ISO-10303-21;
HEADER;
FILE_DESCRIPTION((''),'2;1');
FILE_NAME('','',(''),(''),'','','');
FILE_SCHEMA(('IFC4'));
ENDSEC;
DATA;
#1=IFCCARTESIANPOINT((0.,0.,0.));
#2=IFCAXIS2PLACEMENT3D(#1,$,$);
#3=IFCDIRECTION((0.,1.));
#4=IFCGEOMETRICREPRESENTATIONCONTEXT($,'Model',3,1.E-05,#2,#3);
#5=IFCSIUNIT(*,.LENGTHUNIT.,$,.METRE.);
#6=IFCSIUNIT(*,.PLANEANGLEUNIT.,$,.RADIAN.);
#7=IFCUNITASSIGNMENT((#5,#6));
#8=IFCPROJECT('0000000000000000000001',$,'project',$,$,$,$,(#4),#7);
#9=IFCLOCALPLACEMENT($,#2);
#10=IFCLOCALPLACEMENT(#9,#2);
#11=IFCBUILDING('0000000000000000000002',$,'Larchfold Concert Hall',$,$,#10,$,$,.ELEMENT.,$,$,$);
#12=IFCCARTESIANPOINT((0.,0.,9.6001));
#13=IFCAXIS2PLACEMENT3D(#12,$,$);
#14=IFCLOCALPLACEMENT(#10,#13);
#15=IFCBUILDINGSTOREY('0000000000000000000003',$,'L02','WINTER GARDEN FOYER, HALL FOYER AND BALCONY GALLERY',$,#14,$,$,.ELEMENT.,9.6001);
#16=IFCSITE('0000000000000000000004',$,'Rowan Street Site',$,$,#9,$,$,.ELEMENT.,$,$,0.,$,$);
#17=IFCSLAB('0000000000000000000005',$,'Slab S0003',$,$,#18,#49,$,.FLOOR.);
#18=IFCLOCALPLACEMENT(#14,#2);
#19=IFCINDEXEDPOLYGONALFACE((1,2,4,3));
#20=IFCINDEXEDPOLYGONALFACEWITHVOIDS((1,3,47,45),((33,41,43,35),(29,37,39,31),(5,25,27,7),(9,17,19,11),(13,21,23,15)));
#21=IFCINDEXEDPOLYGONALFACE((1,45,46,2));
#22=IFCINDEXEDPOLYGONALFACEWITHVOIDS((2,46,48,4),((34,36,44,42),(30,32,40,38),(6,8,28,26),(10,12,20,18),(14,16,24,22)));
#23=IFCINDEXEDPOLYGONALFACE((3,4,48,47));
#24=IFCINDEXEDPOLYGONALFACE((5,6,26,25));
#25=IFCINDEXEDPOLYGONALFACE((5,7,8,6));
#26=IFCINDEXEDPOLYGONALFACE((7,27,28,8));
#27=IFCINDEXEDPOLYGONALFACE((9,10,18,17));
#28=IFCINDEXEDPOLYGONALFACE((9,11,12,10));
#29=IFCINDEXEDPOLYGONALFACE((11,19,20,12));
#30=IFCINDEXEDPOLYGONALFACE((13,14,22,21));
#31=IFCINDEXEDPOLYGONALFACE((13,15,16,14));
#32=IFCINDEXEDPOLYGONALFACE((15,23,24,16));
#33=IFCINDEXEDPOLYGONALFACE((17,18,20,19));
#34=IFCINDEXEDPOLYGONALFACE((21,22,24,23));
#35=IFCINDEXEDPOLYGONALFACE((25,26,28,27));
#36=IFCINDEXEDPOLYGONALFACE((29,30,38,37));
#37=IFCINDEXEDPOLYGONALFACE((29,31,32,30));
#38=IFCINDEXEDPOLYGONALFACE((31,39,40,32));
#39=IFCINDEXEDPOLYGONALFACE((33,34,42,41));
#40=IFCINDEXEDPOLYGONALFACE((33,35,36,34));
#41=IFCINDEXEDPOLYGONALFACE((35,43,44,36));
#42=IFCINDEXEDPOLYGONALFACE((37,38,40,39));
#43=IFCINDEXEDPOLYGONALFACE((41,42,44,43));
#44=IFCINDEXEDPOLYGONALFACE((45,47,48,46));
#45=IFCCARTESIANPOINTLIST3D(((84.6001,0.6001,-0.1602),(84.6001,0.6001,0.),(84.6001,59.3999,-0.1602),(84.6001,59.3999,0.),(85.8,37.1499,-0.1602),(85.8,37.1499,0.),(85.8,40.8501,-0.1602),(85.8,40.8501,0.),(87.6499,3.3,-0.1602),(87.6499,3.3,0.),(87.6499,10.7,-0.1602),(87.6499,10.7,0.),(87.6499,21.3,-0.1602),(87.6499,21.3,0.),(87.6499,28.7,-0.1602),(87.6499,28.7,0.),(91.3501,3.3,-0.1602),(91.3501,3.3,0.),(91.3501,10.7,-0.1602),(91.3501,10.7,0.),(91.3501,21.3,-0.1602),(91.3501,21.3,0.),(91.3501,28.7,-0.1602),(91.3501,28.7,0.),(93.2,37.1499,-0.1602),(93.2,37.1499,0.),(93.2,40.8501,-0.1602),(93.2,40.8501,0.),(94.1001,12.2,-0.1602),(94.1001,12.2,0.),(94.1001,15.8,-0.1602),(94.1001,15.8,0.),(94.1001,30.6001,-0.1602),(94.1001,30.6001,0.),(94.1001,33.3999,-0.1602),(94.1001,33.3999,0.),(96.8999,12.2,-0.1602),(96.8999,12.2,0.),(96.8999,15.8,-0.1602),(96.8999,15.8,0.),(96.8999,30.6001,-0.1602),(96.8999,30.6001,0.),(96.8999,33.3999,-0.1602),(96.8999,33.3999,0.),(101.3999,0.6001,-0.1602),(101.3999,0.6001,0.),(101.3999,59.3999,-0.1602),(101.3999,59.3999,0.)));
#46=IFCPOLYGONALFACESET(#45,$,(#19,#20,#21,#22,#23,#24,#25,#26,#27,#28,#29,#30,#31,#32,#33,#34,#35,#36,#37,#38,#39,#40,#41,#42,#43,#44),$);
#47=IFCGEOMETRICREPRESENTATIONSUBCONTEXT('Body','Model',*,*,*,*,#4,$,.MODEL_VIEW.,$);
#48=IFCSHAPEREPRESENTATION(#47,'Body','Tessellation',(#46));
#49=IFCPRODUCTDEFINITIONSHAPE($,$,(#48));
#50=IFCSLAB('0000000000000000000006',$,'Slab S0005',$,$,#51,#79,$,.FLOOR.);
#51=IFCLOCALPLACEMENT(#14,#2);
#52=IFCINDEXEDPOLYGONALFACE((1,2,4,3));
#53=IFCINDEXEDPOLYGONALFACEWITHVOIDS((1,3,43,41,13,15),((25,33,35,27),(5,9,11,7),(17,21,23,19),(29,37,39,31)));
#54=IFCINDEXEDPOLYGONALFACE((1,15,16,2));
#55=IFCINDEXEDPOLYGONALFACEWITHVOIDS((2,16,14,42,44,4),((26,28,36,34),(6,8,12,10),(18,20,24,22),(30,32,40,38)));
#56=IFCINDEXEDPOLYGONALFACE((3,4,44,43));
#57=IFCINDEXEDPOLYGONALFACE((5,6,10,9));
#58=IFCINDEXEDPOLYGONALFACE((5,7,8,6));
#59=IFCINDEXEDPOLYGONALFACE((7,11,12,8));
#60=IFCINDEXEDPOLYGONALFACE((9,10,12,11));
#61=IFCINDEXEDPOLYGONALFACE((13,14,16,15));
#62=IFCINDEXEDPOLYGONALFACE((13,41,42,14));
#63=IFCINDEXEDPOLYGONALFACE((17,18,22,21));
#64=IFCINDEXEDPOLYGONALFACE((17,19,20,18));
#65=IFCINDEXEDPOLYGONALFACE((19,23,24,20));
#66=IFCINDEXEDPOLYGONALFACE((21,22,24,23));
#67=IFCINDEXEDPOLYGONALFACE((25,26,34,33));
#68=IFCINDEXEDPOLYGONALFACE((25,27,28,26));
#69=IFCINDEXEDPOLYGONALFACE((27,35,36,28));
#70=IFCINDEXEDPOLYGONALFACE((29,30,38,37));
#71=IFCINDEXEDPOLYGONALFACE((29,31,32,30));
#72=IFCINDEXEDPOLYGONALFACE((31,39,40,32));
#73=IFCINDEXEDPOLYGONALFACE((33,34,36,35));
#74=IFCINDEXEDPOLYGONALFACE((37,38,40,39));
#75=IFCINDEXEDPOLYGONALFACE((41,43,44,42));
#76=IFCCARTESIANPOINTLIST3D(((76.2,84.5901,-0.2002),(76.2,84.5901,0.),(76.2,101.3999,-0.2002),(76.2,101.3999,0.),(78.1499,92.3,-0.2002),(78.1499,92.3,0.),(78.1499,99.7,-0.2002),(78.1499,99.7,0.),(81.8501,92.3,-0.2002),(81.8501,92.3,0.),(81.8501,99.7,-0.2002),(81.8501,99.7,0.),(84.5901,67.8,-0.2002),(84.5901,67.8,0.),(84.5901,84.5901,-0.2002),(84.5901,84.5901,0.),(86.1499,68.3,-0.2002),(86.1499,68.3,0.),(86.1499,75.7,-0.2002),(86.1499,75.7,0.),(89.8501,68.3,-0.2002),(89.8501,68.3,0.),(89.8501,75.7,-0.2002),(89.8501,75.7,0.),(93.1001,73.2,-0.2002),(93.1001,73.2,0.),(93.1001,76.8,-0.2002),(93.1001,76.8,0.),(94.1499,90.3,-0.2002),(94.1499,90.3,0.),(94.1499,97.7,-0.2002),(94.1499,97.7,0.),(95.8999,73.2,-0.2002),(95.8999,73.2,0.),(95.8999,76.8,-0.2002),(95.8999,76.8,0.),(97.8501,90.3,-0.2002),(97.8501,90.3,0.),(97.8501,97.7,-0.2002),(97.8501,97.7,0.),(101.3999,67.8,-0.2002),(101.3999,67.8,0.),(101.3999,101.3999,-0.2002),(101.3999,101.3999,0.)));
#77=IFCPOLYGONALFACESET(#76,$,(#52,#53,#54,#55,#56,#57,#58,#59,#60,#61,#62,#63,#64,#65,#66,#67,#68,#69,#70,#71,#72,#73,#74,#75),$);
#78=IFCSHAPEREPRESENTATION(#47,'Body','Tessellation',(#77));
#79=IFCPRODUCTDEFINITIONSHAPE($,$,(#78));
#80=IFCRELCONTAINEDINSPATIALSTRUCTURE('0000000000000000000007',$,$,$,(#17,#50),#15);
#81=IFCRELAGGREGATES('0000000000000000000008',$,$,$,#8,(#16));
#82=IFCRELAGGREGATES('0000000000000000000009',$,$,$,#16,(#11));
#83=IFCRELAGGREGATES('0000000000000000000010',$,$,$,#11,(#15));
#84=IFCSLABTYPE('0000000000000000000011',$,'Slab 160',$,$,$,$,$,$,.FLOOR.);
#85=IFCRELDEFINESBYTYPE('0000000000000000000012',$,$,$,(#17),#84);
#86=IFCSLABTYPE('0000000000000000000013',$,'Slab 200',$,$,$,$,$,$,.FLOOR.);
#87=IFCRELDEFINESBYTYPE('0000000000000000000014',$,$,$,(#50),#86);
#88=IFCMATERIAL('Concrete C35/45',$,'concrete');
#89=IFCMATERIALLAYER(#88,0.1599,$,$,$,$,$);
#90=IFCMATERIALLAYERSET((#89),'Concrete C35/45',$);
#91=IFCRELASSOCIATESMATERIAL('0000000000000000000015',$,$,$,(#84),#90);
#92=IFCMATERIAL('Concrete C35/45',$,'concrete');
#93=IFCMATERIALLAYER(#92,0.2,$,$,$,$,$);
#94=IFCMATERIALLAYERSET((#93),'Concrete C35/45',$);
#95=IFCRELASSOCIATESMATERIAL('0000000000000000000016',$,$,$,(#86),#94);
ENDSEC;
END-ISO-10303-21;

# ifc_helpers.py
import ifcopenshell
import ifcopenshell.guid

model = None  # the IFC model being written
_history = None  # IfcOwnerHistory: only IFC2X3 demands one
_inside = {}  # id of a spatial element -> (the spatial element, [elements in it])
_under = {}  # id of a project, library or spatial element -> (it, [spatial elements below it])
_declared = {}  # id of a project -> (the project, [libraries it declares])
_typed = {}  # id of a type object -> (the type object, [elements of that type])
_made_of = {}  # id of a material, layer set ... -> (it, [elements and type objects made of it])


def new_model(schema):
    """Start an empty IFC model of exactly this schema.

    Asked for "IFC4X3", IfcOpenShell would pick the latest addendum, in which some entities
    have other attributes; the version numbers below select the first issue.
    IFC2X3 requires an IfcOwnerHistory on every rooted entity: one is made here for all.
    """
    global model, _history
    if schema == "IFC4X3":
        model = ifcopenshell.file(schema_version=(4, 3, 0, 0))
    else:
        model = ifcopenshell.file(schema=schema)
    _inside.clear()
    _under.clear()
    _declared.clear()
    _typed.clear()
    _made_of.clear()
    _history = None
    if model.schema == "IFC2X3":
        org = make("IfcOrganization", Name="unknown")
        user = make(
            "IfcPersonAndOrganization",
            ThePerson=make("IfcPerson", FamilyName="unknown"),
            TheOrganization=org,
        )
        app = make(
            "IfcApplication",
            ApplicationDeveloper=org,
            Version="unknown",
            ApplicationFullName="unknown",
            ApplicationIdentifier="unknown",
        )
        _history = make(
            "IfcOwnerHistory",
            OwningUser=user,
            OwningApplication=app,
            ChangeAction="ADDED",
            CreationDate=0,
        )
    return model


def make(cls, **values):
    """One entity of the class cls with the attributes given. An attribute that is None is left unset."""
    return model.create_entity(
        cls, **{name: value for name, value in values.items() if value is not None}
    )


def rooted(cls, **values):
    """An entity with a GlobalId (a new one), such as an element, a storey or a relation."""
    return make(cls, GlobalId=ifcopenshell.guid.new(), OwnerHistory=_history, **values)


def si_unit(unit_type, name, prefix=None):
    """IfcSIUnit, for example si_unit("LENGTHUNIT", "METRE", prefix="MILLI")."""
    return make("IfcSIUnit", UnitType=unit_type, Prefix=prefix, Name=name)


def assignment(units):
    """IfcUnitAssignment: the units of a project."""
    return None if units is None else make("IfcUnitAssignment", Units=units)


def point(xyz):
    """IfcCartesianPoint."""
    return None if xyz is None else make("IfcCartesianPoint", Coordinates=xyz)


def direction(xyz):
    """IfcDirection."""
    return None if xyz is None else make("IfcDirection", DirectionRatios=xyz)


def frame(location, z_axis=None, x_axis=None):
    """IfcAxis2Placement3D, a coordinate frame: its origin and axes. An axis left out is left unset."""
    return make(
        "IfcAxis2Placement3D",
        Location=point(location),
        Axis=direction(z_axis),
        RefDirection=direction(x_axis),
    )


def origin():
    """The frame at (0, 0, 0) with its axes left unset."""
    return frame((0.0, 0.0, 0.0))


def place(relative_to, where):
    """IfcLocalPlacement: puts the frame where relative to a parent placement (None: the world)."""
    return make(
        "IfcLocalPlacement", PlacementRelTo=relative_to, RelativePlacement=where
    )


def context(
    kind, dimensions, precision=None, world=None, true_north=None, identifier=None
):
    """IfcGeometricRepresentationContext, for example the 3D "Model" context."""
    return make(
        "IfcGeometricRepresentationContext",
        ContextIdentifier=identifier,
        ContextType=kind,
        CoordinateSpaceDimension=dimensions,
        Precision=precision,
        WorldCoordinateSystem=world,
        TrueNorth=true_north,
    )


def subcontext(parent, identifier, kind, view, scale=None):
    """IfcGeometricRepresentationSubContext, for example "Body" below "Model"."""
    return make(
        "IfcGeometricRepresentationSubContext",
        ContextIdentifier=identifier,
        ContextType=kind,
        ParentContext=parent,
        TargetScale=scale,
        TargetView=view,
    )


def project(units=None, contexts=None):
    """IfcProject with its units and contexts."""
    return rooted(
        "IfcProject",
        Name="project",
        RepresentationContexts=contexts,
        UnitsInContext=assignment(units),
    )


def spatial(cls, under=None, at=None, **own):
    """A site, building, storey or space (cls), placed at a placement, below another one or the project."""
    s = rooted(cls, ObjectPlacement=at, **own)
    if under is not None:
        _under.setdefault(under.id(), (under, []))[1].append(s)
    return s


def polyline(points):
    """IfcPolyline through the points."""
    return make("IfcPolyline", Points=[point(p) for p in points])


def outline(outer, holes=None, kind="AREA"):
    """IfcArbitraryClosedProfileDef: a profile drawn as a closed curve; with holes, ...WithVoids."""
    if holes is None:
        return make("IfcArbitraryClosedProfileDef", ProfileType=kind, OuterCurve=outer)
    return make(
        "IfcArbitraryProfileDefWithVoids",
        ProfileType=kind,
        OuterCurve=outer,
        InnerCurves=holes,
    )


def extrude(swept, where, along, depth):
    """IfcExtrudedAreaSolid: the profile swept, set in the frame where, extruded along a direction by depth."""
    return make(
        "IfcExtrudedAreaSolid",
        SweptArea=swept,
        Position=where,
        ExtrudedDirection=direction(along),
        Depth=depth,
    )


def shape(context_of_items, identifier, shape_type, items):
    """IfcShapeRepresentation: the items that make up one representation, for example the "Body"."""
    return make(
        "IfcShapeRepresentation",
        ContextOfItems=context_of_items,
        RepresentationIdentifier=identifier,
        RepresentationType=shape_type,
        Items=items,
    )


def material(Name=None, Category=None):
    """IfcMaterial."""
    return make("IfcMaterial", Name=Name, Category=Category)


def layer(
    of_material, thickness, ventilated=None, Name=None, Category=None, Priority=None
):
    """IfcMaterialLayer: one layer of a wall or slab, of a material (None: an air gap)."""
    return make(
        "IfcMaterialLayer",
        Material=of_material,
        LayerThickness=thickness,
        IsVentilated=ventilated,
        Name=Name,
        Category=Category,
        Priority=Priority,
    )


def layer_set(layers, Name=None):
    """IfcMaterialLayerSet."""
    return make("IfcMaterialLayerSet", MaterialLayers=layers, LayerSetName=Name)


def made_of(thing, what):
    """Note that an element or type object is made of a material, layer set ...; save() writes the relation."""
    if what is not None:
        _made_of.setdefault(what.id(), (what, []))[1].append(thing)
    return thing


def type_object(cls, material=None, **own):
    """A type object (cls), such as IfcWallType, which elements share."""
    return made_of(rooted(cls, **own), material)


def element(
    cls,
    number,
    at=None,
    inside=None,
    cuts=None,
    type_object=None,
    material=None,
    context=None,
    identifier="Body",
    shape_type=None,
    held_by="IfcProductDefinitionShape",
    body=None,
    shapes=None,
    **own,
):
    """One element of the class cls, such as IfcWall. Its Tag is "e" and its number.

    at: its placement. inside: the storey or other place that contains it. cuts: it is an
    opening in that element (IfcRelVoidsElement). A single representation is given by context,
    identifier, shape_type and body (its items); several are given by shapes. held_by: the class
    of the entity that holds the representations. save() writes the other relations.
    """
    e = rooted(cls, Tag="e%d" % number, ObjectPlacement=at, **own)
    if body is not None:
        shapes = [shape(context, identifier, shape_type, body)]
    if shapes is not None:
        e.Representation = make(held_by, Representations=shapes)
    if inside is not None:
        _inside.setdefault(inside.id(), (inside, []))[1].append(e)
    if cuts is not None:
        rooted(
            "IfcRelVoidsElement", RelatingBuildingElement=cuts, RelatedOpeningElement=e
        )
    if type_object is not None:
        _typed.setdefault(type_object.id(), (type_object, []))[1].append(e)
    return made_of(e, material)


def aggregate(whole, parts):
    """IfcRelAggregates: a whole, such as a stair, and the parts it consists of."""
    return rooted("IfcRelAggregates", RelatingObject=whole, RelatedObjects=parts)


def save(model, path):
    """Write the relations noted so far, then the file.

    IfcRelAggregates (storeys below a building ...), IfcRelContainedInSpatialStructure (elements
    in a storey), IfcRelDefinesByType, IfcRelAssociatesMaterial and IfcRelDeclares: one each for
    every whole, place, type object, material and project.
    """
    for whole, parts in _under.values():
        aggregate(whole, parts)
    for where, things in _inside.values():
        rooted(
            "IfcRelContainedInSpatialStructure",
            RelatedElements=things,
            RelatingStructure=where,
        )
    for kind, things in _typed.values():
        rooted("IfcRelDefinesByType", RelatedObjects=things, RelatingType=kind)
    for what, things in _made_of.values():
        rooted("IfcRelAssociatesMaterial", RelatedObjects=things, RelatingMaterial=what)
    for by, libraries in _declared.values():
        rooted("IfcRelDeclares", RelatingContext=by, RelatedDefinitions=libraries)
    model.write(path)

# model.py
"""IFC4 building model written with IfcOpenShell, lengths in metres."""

from ifc_helpers import new_model, si_unit, direction, frame, origin, place, context, subcontext, project, spatial, polyline, outline, extrude, material, layer, layer_set, type_object, element, save


model = new_model("IFC4")

# Units and contexts
model_context = context("Model", 3, precision=1e-05, world=origin(), true_north=direction((0.0, 1.0)))
body_context = subcontext(model_context, "Body", "Model", "MODEL_VIEW")
ifc_project = project(units=[si_unit("LENGTHUNIT", "METRE"), si_unit("PLANEANGLEUNIT", "RADIAN")], contexts=[model_context])

# Site, building, storey
site_placement = place(None, origin())
site = spatial("IfcSite", under=ifc_project, at=site_placement, Name="Rowan Street Site", CompositionType="ELEMENT", RefElevation=0.0)
building_placement = place(site_placement, origin())
building = spatial("IfcBuilding", under=site, at=building_placement, Name="Larchfold Concert Hall", CompositionType="ELEMENT")
storey_placement = place(building_placement, frame((0.0, 0.0, 9.6001)))
storey = spatial("IfcBuildingStorey", under=building, at=storey_placement, Name="L02", Description="WINTER GARDEN FOYER, HALL FOYER AND BALCONY GALLERY", CompositionType="ELEMENT", Elevation=9.6001)

# Slabs
ifc_material_1 = material(Name="Concrete C35/45", Category="concrete")
ifc_layer_1 = layer(ifc_material_1, 0.1599)
ifc_layer_set_1 = layer_set([ifc_layer_1], Name="Concrete C35/45")
slab_type_1 = type_object("IfcSlabType", Name="Slab 160", PredefinedType="FLOOR", material=ifc_layer_set_1)
slab_1_placement = place(storey_placement, frame((0.0, 0.0, -0.1602)))
element("IfcSlab", 1, at=slab_1_placement, inside=storey, type_object=slab_type_1, Name="Slab S0003", PredefinedType="FLOOR", context=body_context, shape_type="SweptSolid", body=[
    extrude(outline(polyline([(84.6001, 0.6001), (101.3999, 0.6001), (101.3999, 59.3999), (84.6001, 59.3999), (84.6001, 0.6001)]), holes=[polyline([(87.6499, 3.3), (87.6499, 10.7), (91.3501, 10.7), (91.3501, 3.3), (87.6499, 3.3)]), polyline([(94.1001, 12.2), (94.1001, 15.8), (96.8999, 15.8), (96.8999, 12.2), (94.1001, 12.2)]), polyline([(87.6499, 21.3), (87.6499, 28.7), (91.3501, 28.7), (91.3501, 21.3), (87.6499, 21.3)]), polyline([(94.1001, 33.3999), (96.8999, 33.3999), (96.8999, 30.6001), (94.1001, 30.6001), (94.1001, 33.3999)]), polyline([(85.8, 40.8501), (93.2, 40.8501), (93.2, 37.1499), (85.8, 37.1499), (85.8, 40.8501)])]), origin(), (0.0, 0.0, 1.0), 0.1602),
])
ifc_material_2 = material(Name="Concrete C35/45", Category="concrete")
ifc_layer_2 = layer(ifc_material_2, 0.2)
ifc_layer_set_2 = layer_set([ifc_layer_2], Name="Concrete C35/45")
slab_type_2 = type_object("IfcSlabType", Name="Slab 200", PredefinedType="FLOOR", material=ifc_layer_set_2)
slab_2_placement = place(storey_placement, frame((0.0, 0.0, -0.2002)))
element("IfcSlab", 2, at=slab_2_placement, inside=storey, type_object=slab_type_2, Name="Slab S0005", PredefinedType="FLOOR", context=body_context, shape_type="SweptSolid", body=[
    extrude(outline(polyline([(76.2, 101.3999), (76.2, 84.5901), (84.5901, 84.5901), (84.5901, 67.8), (101.3999, 67.8), (101.3999, 101.3999), (76.2, 101.3999)]), holes=[polyline([(89.8501, 68.3), (86.1499, 68.3), (86.1499, 75.7), (89.8501, 75.7), (89.8501, 68.3)]), polyline([(95.8999, 73.2), (93.1001, 73.2), (93.1001, 76.8), (95.8999, 76.8), (95.8999, 73.2)]), polyline([(97.8501, 90.3), (94.1499, 90.3), (94.1499, 97.7), (97.8501, 97.7), (97.8501, 90.3)]), polyline([(81.8501, 92.3), (78.1499, 92.3), (78.1499, 99.7), (81.8501, 99.7), (81.8501, 92.3)])]), origin(), (0.0, 0.0, 1.0), 0.2002),
])

save(model, "model.ifc")
